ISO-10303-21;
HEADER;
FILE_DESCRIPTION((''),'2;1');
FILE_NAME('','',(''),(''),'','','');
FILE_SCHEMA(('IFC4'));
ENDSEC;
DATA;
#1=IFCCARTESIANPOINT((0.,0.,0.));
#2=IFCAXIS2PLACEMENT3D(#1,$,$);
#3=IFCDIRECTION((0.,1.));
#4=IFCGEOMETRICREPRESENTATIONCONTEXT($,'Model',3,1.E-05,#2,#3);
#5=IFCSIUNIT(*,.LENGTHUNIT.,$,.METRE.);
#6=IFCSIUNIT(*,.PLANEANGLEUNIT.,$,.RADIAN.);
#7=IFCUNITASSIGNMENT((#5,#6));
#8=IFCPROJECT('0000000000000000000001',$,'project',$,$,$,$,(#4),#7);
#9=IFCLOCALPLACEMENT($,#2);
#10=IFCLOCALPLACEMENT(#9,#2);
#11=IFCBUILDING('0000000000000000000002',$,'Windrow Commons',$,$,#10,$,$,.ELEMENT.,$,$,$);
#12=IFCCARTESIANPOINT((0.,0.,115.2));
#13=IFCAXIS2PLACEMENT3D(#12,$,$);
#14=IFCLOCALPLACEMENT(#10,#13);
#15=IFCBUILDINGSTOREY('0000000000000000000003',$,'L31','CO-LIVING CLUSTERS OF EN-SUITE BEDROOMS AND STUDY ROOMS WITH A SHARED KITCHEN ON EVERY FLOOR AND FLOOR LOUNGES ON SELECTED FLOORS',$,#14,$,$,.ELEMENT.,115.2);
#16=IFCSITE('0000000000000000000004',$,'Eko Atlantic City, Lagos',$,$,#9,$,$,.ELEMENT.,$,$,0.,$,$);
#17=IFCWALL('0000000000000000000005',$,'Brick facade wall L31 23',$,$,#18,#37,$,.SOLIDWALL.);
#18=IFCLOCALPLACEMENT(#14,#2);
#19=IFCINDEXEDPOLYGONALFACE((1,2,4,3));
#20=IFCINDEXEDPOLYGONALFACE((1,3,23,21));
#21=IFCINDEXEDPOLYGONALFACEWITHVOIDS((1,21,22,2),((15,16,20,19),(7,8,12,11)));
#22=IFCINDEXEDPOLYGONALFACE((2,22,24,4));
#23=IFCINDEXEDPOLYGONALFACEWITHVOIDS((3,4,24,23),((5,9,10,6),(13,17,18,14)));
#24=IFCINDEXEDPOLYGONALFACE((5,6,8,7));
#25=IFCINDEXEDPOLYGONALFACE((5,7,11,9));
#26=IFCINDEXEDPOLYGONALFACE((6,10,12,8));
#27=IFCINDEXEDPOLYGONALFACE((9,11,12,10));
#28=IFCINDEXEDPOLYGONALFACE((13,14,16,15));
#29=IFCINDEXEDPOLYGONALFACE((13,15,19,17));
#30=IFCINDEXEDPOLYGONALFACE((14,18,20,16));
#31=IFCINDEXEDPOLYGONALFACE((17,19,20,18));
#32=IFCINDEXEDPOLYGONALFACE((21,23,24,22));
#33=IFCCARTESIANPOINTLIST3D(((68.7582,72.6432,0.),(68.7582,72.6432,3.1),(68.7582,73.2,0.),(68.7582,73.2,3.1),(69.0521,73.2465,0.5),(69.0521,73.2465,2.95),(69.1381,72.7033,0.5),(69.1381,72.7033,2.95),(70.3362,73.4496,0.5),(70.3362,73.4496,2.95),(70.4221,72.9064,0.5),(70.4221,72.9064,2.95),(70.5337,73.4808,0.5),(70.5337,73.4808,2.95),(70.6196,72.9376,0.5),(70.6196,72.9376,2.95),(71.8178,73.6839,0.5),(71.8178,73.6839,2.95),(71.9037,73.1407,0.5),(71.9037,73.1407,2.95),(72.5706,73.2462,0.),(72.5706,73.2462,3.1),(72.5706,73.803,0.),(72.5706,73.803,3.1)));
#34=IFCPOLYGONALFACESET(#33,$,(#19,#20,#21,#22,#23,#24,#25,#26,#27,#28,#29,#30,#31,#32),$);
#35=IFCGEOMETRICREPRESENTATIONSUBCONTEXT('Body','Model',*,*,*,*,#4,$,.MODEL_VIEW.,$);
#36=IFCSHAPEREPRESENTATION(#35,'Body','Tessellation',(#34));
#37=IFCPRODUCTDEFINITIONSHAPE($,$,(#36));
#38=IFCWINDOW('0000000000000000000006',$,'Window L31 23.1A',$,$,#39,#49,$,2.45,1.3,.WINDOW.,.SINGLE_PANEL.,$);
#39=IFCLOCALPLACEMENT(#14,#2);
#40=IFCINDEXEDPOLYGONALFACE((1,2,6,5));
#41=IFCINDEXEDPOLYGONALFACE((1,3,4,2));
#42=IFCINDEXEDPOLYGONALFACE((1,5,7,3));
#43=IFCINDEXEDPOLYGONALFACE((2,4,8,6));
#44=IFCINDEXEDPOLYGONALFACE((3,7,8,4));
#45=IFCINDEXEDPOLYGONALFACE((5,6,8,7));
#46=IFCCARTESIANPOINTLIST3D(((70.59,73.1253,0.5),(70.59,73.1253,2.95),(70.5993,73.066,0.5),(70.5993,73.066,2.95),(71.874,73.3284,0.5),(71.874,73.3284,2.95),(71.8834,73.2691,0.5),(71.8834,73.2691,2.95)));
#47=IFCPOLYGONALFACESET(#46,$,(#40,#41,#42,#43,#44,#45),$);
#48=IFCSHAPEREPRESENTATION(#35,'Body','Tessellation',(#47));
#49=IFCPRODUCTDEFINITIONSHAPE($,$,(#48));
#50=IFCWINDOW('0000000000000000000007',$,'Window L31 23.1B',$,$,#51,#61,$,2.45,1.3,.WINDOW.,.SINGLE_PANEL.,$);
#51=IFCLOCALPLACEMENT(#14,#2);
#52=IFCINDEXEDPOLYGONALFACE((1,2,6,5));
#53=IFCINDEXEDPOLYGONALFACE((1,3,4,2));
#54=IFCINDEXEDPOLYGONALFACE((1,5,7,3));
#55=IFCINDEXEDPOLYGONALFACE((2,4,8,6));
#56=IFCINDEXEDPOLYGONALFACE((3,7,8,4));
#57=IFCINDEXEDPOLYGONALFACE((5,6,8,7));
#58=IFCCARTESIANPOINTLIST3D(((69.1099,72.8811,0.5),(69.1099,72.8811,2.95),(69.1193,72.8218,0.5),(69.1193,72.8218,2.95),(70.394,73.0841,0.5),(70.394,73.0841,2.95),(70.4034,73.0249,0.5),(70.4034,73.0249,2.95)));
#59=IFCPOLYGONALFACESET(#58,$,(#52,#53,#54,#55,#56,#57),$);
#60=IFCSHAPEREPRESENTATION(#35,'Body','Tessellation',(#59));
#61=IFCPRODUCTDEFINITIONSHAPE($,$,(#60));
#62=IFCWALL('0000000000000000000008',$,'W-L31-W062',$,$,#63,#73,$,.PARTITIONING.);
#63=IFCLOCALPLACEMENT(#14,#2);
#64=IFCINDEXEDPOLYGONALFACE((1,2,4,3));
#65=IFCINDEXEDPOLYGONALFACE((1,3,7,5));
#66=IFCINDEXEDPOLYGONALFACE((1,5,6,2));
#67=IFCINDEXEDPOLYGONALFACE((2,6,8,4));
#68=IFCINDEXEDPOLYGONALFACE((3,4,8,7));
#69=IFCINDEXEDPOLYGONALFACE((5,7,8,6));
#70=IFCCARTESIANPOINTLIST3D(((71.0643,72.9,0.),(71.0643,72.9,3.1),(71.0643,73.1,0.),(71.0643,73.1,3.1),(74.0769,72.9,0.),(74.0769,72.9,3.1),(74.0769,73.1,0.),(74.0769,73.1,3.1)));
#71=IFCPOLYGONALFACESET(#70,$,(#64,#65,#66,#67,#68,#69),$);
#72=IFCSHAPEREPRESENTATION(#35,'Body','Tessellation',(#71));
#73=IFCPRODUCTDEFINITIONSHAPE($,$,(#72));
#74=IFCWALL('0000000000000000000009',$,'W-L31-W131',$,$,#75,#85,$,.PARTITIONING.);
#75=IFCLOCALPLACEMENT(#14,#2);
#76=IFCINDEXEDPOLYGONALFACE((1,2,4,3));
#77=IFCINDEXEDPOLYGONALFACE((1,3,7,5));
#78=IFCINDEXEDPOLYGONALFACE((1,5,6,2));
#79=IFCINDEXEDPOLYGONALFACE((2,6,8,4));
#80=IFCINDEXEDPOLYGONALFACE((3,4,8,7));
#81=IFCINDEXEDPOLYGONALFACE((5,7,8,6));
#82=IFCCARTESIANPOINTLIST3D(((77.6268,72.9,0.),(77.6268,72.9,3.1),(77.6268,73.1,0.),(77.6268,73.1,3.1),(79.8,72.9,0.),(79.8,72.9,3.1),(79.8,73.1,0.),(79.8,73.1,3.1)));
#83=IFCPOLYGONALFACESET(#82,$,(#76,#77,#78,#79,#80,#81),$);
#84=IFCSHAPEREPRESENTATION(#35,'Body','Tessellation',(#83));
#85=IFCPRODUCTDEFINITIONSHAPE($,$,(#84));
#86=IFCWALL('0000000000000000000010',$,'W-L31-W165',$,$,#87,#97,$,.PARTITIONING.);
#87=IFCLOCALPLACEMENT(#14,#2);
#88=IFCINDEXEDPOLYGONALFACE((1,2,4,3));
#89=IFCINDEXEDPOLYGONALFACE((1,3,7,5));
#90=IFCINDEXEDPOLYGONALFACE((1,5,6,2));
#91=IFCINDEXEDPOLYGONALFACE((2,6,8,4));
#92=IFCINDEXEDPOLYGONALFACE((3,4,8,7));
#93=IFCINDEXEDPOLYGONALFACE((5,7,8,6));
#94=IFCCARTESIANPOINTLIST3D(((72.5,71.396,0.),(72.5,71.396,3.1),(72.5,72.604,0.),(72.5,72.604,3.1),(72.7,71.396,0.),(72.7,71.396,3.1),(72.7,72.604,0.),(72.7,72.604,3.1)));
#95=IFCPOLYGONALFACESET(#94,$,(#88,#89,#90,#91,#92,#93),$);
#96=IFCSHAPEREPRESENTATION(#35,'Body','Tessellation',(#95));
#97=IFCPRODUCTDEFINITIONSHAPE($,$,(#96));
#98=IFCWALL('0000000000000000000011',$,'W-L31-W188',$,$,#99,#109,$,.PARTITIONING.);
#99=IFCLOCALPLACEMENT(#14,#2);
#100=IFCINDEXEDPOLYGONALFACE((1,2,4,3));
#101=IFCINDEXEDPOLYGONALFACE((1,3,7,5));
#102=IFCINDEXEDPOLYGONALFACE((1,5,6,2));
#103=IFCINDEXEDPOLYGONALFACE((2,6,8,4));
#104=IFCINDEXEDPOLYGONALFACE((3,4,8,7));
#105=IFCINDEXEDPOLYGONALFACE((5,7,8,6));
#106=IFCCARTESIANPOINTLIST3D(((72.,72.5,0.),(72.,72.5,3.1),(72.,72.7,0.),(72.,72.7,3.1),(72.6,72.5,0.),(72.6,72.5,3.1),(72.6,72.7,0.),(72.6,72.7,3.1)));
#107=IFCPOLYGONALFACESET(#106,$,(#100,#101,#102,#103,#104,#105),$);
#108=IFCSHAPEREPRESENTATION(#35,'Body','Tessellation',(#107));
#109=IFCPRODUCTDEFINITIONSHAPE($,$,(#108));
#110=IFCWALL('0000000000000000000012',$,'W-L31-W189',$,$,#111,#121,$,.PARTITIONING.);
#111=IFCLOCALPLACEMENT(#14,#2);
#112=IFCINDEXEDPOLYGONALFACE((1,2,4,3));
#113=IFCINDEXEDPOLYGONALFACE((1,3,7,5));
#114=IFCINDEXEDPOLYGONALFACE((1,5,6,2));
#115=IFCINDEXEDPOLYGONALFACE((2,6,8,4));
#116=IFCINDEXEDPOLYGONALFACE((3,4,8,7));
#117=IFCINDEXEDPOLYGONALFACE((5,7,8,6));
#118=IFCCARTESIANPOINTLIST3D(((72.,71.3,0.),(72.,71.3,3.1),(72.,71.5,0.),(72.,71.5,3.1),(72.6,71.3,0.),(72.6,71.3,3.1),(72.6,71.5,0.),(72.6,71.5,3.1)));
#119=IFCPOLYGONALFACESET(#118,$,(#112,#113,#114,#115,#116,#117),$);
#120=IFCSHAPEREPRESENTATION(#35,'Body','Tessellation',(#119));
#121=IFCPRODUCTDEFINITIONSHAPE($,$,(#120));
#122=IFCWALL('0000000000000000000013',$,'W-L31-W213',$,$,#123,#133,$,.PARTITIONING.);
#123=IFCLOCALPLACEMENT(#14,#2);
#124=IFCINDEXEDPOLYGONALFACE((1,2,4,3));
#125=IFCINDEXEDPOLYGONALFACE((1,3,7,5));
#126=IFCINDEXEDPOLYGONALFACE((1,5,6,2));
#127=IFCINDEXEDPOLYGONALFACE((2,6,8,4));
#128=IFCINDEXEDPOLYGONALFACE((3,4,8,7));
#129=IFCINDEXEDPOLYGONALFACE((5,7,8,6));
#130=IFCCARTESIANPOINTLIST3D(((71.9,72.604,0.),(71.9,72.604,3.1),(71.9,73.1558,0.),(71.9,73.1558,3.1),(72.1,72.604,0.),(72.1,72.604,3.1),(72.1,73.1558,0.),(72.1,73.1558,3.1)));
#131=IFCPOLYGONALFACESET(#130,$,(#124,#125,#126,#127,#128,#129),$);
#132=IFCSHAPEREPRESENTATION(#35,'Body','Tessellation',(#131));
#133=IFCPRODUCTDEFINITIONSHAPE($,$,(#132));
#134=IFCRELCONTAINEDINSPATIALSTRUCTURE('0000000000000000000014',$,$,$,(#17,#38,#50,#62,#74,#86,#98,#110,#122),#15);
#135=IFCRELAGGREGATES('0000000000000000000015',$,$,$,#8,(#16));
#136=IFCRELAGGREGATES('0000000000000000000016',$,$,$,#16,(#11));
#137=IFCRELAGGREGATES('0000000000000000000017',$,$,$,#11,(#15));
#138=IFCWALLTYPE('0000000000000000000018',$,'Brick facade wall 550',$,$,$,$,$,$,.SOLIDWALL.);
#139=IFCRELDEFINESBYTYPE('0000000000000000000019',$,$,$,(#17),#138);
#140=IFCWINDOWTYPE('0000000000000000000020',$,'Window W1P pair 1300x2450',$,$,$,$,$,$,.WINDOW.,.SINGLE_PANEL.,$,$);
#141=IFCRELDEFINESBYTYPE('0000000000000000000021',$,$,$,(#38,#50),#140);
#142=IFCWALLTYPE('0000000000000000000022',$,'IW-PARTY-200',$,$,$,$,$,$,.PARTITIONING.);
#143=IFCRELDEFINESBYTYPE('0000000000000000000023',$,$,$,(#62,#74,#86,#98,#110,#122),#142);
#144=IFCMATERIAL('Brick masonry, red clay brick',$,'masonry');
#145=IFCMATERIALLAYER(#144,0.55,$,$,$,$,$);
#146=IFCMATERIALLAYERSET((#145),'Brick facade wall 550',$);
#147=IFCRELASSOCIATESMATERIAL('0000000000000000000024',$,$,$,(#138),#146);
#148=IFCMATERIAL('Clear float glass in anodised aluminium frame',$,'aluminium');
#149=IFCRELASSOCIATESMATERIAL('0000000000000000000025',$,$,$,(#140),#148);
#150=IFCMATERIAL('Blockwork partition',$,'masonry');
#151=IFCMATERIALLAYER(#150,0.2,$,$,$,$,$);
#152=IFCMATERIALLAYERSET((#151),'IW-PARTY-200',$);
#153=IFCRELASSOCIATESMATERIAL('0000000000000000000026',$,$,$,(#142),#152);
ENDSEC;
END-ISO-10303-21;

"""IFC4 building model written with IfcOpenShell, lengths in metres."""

from ifc_helpers import new_model, si_unit, direction, frame, frame_2d, origin, place, context, subcontext, project, spatial, polyline, rectangle, outline, extrude, material, layer, layer_set, type_object, element, fill, save


model = new_model("IFC4")

# Units and contexts
model_context = context("Model", 3, precision=1e-05, world=origin(), true_north=direction((0.0, 1.0)))
body_context = subcontext(model_context, "Body", "Model", "MODEL_VIEW")
ifc_project = project(units=[si_unit("LENGTHUNIT", "METRE"), si_unit("PLANEANGLEUNIT", "RADIAN")], contexts=[model_context])

# Site, building, storey
site_placement = place(None, origin())
site = spatial("IfcSite", under=ifc_project, at=site_placement, Name="Eko Atlantic City, Lagos", CompositionType="ELEMENT", RefElevation=0.0)
building_placement = place(site_placement, origin())
building = spatial("IfcBuilding", under=site, at=building_placement, Name="Windrow Commons", CompositionType="ELEMENT")
storey_placement = place(building_placement, frame((0.0, 0.0, 115.2)))
storey = spatial("IfcBuildingStorey", under=building, at=storey_placement, Name="L31", Description="CO-LIVING CLUSTERS OF EN-SUITE BEDROOMS AND STUDY ROOMS WITH A SHARED KITCHEN ON EVERY FLOOR AND FLOOR LOUNGES ON SELECTED FLOORS", CompositionType="ELEMENT", Elevation=115.2)

# Shared definitions
ifc_material_1 = material(Name="Brick masonry, red clay brick", Category="masonry")
ifc_layer_1 = layer(ifc_material_1, 0.55)
ifc_layer_set_1 = layer_set([ifc_layer_1], Name="Brick facade wall 550")
wall_type_1 = type_object("IfcWallType", Name="Brick facade wall 550", PredefinedType="SOLIDWALL", material=ifc_layer_set_1)

# Wall, openings, windows
wall_1_placement = place(storey_placement, frame((72.5706, 73.5246, 0.0), z_axis=(0.0, 0.0, 1.0), x_axis=(-0.987721, -0.156226, 0.0)))
wall_1 = element("IfcWall", 1, at=wall_1_placement, inside=storey, type_object=wall_type_1, Name="Brick facade wall L31 23", PredefinedType="SOLIDWALL", context=body_context, shape_type="SweptSolid", body=[
    extrude(outline(polyline([(-0.0435, -0.275), (3.8163, -0.275), (3.9033, 0.275), (0.0435, 0.275), (-0.0435, -0.275)])), origin(), (0.0, 0.0, 1.0), 3.1),
])
opening_1_placement = place(wall_1_placement, frame((0.7187, 0.0, 0.5)))
opening_1 = element("IfcOpeningElement", 2, at=opening_1_placement, cuts=wall_1, PredefinedType="OPENING", context=body_context, shape_type="SweptSolid", body=[
    extrude(rectangle(XDim=1.3, YDim=2.45, at=frame_2d((0.65, 1.225))), frame((0.0, 0.285, 0.0), z_axis=(0.0, -1.0, 0.0), x_axis=(1.0, 0.0, 0.0)), (0.0, 0.0, 1.0), 0.57),
])
opening_2_placement = place(wall_1_placement, frame((2.2187, 0.0, 0.5)))
opening_2 = element("IfcOpeningElement", 3, at=opening_2_placement, cuts=wall_1, PredefinedType="OPENING", context=body_context, shape_type="SweptSolid", body=[
    extrude(rectangle(XDim=1.3, YDim=2.45, at=frame_2d((0.65, 1.225))), frame((0.0, 0.285, 0.0), z_axis=(0.0, -1.0, 0.0), x_axis=(1.0, 0.0, 0.0)), (0.0, 0.0, 1.0), 0.57),
])
ifc_material_2 = material(Name="Clear float glass in anodised aluminium frame", Category="aluminium")
window_type_1 = type_object("IfcWindowType", Name="Window W1P pair 1300x2450", PartitioningType="SINGLE_PANEL", PredefinedType="WINDOW", material=ifc_material_2)
window_1_placement = place(opening_1_placement, origin())
window_1 = element("IfcWindow", 4, at=window_1_placement, inside=storey, type_object=window_type_1, Name="Window L31 23.1A", OverallHeight=2.45, OverallWidth=1.3, PartitioningType="SINGLE_PANEL", PredefinedType="WINDOW", context=body_context, shape_type="SweptSolid", body=[
    extrude(rectangle(XDim=1.3, YDim=2.45, at=frame_2d((0.65, 1.225))), frame((0.0, 0.145, 0.0), z_axis=(0.0, -1.0, 0.0), x_axis=(1.0, 0.0, 0.0)), (0.0, 0.0, 1.0), 0.06),
])
fill(opening_1, window_1)
window_2_placement = place(opening_2_placement, origin())
window_2 = element("IfcWindow", 5, at=window_2_placement, inside=storey, type_object=window_type_1, Name="Window L31 23.1B", OverallHeight=2.45, OverallWidth=1.3, PartitioningType="SINGLE_PANEL", PredefinedType="WINDOW", context=body_context, shape_type="SweptSolid", body=[
    extrude(rectangle(XDim=1.3, YDim=2.45, at=frame_2d((0.65, 1.225))), frame((0.0, 0.155, 0.0), z_axis=(0.0, -1.0, 0.0), x_axis=(1.0, 0.0, 0.0)), (0.0, 0.0, 1.0), 0.06),
])
fill(opening_2, window_2)

# Walls
ifc_material_3 = material(Name="Blockwork partition", Category="masonry")
ifc_layer_2 = layer(ifc_material_3, 0.2)
ifc_layer_set_2 = layer_set([ifc_layer_2], Name="IW-PARTY-200")
wall_type_2 = type_object("IfcWallType", Name="IW-PARTY-200", PredefinedType="PARTITIONING", material=ifc_layer_set_2)
wall_2_placement = place(storey_placement, frame((71.0643, 73.0, 0.0), z_axis=(0.0, 0.0, 1.0), x_axis=(1.0, 0.0, 0.0)))
element("IfcWall", 6, at=wall_2_placement, inside=storey, type_object=wall_type_2, Name="W-L31-W062", PredefinedType="PARTITIONING", context=body_context, shape_type="SweptSolid", body=[
    extrude(rectangle(XDim=3.0126, YDim=0.2, at=frame_2d((1.5063, 0.0))), origin(), (0.0, 0.0, 1.0), 3.1),
])
wall_3_placement = place(storey_placement, frame((77.6269, 73.0, 0.0), z_axis=(0.0, 0.0, 1.0), x_axis=(1.0, 0.0, 0.0)))
element("IfcWall", 7, at=wall_3_placement, inside=storey, type_object=wall_type_2, Name="W-L31-W131", PredefinedType="PARTITIONING", context=body_context, shape_type="SweptSolid", body=[
    extrude(rectangle(XDim=2.1731, YDim=0.2, at=frame_2d((1.0865, 0.0))), origin(), (0.0, 0.0, 1.0), 3.1),
])
wall_4_placement = place(storey_placement, frame((72.6, 71.396, 0.0), z_axis=(0.0, 0.0, 1.0), x_axis=(0.0, 1.0, 0.0)))
element("IfcWall", 8, at=wall_4_placement, inside=storey, type_object=wall_type_2, Name="W-L31-W165", PredefinedType="PARTITIONING", context=body_context, shape_type="SweptSolid", body=[
    extrude(rectangle(XDim=1.208, YDim=0.2, at=frame_2d((0.604, 0.0))), origin(), (0.0, 0.0, 1.0), 3.1),
])
for number, where, z_axis, x_axis, name in (
    (9, (72.0, 72.6, 0.0), (0.0, 0.0, 1.0), (1.0, 0.0, 0.0), "W-L31-W188"),
    (10, (72.0, 71.4, 0.0), (0.0, 0.0, 1.0), (1.0, 0.0, 0.0), "W-L31-W189"),
):
    element("IfcWall", number, at=place(storey_placement, frame(where, z_axis=z_axis, x_axis=x_axis)), inside=storey, type_object=wall_type_2, Name=name, PredefinedType="PARTITIONING", context=body_context, shape_type="SweptSolid", body=[
        extrude(rectangle(XDim=0.6, YDim=0.2, at=frame_2d((0.3, 0.0))), origin(), (0.0, 0.0, 1.0), 3.1),
    ])
wall_5_placement = place(storey_placement, frame((72.0, 72.604, 0.0), z_axis=(0.0, 0.0, 1.0), x_axis=(0.0, 1.0, 0.0)))
element("IfcWall", 11, at=wall_5_placement, inside=storey, type_object=wall_type_2, Name="W-L31-W213", PredefinedType="PARTITIONING", context=body_context, shape_type="SweptSolid", body=[
    extrude(rectangle(XDim=0.5519, YDim=0.2, at=frame_2d((0.2759, 0.0))), origin(), (0.0, 0.0, 1.0), 3.1),
])

save(model, "model.ifc")
